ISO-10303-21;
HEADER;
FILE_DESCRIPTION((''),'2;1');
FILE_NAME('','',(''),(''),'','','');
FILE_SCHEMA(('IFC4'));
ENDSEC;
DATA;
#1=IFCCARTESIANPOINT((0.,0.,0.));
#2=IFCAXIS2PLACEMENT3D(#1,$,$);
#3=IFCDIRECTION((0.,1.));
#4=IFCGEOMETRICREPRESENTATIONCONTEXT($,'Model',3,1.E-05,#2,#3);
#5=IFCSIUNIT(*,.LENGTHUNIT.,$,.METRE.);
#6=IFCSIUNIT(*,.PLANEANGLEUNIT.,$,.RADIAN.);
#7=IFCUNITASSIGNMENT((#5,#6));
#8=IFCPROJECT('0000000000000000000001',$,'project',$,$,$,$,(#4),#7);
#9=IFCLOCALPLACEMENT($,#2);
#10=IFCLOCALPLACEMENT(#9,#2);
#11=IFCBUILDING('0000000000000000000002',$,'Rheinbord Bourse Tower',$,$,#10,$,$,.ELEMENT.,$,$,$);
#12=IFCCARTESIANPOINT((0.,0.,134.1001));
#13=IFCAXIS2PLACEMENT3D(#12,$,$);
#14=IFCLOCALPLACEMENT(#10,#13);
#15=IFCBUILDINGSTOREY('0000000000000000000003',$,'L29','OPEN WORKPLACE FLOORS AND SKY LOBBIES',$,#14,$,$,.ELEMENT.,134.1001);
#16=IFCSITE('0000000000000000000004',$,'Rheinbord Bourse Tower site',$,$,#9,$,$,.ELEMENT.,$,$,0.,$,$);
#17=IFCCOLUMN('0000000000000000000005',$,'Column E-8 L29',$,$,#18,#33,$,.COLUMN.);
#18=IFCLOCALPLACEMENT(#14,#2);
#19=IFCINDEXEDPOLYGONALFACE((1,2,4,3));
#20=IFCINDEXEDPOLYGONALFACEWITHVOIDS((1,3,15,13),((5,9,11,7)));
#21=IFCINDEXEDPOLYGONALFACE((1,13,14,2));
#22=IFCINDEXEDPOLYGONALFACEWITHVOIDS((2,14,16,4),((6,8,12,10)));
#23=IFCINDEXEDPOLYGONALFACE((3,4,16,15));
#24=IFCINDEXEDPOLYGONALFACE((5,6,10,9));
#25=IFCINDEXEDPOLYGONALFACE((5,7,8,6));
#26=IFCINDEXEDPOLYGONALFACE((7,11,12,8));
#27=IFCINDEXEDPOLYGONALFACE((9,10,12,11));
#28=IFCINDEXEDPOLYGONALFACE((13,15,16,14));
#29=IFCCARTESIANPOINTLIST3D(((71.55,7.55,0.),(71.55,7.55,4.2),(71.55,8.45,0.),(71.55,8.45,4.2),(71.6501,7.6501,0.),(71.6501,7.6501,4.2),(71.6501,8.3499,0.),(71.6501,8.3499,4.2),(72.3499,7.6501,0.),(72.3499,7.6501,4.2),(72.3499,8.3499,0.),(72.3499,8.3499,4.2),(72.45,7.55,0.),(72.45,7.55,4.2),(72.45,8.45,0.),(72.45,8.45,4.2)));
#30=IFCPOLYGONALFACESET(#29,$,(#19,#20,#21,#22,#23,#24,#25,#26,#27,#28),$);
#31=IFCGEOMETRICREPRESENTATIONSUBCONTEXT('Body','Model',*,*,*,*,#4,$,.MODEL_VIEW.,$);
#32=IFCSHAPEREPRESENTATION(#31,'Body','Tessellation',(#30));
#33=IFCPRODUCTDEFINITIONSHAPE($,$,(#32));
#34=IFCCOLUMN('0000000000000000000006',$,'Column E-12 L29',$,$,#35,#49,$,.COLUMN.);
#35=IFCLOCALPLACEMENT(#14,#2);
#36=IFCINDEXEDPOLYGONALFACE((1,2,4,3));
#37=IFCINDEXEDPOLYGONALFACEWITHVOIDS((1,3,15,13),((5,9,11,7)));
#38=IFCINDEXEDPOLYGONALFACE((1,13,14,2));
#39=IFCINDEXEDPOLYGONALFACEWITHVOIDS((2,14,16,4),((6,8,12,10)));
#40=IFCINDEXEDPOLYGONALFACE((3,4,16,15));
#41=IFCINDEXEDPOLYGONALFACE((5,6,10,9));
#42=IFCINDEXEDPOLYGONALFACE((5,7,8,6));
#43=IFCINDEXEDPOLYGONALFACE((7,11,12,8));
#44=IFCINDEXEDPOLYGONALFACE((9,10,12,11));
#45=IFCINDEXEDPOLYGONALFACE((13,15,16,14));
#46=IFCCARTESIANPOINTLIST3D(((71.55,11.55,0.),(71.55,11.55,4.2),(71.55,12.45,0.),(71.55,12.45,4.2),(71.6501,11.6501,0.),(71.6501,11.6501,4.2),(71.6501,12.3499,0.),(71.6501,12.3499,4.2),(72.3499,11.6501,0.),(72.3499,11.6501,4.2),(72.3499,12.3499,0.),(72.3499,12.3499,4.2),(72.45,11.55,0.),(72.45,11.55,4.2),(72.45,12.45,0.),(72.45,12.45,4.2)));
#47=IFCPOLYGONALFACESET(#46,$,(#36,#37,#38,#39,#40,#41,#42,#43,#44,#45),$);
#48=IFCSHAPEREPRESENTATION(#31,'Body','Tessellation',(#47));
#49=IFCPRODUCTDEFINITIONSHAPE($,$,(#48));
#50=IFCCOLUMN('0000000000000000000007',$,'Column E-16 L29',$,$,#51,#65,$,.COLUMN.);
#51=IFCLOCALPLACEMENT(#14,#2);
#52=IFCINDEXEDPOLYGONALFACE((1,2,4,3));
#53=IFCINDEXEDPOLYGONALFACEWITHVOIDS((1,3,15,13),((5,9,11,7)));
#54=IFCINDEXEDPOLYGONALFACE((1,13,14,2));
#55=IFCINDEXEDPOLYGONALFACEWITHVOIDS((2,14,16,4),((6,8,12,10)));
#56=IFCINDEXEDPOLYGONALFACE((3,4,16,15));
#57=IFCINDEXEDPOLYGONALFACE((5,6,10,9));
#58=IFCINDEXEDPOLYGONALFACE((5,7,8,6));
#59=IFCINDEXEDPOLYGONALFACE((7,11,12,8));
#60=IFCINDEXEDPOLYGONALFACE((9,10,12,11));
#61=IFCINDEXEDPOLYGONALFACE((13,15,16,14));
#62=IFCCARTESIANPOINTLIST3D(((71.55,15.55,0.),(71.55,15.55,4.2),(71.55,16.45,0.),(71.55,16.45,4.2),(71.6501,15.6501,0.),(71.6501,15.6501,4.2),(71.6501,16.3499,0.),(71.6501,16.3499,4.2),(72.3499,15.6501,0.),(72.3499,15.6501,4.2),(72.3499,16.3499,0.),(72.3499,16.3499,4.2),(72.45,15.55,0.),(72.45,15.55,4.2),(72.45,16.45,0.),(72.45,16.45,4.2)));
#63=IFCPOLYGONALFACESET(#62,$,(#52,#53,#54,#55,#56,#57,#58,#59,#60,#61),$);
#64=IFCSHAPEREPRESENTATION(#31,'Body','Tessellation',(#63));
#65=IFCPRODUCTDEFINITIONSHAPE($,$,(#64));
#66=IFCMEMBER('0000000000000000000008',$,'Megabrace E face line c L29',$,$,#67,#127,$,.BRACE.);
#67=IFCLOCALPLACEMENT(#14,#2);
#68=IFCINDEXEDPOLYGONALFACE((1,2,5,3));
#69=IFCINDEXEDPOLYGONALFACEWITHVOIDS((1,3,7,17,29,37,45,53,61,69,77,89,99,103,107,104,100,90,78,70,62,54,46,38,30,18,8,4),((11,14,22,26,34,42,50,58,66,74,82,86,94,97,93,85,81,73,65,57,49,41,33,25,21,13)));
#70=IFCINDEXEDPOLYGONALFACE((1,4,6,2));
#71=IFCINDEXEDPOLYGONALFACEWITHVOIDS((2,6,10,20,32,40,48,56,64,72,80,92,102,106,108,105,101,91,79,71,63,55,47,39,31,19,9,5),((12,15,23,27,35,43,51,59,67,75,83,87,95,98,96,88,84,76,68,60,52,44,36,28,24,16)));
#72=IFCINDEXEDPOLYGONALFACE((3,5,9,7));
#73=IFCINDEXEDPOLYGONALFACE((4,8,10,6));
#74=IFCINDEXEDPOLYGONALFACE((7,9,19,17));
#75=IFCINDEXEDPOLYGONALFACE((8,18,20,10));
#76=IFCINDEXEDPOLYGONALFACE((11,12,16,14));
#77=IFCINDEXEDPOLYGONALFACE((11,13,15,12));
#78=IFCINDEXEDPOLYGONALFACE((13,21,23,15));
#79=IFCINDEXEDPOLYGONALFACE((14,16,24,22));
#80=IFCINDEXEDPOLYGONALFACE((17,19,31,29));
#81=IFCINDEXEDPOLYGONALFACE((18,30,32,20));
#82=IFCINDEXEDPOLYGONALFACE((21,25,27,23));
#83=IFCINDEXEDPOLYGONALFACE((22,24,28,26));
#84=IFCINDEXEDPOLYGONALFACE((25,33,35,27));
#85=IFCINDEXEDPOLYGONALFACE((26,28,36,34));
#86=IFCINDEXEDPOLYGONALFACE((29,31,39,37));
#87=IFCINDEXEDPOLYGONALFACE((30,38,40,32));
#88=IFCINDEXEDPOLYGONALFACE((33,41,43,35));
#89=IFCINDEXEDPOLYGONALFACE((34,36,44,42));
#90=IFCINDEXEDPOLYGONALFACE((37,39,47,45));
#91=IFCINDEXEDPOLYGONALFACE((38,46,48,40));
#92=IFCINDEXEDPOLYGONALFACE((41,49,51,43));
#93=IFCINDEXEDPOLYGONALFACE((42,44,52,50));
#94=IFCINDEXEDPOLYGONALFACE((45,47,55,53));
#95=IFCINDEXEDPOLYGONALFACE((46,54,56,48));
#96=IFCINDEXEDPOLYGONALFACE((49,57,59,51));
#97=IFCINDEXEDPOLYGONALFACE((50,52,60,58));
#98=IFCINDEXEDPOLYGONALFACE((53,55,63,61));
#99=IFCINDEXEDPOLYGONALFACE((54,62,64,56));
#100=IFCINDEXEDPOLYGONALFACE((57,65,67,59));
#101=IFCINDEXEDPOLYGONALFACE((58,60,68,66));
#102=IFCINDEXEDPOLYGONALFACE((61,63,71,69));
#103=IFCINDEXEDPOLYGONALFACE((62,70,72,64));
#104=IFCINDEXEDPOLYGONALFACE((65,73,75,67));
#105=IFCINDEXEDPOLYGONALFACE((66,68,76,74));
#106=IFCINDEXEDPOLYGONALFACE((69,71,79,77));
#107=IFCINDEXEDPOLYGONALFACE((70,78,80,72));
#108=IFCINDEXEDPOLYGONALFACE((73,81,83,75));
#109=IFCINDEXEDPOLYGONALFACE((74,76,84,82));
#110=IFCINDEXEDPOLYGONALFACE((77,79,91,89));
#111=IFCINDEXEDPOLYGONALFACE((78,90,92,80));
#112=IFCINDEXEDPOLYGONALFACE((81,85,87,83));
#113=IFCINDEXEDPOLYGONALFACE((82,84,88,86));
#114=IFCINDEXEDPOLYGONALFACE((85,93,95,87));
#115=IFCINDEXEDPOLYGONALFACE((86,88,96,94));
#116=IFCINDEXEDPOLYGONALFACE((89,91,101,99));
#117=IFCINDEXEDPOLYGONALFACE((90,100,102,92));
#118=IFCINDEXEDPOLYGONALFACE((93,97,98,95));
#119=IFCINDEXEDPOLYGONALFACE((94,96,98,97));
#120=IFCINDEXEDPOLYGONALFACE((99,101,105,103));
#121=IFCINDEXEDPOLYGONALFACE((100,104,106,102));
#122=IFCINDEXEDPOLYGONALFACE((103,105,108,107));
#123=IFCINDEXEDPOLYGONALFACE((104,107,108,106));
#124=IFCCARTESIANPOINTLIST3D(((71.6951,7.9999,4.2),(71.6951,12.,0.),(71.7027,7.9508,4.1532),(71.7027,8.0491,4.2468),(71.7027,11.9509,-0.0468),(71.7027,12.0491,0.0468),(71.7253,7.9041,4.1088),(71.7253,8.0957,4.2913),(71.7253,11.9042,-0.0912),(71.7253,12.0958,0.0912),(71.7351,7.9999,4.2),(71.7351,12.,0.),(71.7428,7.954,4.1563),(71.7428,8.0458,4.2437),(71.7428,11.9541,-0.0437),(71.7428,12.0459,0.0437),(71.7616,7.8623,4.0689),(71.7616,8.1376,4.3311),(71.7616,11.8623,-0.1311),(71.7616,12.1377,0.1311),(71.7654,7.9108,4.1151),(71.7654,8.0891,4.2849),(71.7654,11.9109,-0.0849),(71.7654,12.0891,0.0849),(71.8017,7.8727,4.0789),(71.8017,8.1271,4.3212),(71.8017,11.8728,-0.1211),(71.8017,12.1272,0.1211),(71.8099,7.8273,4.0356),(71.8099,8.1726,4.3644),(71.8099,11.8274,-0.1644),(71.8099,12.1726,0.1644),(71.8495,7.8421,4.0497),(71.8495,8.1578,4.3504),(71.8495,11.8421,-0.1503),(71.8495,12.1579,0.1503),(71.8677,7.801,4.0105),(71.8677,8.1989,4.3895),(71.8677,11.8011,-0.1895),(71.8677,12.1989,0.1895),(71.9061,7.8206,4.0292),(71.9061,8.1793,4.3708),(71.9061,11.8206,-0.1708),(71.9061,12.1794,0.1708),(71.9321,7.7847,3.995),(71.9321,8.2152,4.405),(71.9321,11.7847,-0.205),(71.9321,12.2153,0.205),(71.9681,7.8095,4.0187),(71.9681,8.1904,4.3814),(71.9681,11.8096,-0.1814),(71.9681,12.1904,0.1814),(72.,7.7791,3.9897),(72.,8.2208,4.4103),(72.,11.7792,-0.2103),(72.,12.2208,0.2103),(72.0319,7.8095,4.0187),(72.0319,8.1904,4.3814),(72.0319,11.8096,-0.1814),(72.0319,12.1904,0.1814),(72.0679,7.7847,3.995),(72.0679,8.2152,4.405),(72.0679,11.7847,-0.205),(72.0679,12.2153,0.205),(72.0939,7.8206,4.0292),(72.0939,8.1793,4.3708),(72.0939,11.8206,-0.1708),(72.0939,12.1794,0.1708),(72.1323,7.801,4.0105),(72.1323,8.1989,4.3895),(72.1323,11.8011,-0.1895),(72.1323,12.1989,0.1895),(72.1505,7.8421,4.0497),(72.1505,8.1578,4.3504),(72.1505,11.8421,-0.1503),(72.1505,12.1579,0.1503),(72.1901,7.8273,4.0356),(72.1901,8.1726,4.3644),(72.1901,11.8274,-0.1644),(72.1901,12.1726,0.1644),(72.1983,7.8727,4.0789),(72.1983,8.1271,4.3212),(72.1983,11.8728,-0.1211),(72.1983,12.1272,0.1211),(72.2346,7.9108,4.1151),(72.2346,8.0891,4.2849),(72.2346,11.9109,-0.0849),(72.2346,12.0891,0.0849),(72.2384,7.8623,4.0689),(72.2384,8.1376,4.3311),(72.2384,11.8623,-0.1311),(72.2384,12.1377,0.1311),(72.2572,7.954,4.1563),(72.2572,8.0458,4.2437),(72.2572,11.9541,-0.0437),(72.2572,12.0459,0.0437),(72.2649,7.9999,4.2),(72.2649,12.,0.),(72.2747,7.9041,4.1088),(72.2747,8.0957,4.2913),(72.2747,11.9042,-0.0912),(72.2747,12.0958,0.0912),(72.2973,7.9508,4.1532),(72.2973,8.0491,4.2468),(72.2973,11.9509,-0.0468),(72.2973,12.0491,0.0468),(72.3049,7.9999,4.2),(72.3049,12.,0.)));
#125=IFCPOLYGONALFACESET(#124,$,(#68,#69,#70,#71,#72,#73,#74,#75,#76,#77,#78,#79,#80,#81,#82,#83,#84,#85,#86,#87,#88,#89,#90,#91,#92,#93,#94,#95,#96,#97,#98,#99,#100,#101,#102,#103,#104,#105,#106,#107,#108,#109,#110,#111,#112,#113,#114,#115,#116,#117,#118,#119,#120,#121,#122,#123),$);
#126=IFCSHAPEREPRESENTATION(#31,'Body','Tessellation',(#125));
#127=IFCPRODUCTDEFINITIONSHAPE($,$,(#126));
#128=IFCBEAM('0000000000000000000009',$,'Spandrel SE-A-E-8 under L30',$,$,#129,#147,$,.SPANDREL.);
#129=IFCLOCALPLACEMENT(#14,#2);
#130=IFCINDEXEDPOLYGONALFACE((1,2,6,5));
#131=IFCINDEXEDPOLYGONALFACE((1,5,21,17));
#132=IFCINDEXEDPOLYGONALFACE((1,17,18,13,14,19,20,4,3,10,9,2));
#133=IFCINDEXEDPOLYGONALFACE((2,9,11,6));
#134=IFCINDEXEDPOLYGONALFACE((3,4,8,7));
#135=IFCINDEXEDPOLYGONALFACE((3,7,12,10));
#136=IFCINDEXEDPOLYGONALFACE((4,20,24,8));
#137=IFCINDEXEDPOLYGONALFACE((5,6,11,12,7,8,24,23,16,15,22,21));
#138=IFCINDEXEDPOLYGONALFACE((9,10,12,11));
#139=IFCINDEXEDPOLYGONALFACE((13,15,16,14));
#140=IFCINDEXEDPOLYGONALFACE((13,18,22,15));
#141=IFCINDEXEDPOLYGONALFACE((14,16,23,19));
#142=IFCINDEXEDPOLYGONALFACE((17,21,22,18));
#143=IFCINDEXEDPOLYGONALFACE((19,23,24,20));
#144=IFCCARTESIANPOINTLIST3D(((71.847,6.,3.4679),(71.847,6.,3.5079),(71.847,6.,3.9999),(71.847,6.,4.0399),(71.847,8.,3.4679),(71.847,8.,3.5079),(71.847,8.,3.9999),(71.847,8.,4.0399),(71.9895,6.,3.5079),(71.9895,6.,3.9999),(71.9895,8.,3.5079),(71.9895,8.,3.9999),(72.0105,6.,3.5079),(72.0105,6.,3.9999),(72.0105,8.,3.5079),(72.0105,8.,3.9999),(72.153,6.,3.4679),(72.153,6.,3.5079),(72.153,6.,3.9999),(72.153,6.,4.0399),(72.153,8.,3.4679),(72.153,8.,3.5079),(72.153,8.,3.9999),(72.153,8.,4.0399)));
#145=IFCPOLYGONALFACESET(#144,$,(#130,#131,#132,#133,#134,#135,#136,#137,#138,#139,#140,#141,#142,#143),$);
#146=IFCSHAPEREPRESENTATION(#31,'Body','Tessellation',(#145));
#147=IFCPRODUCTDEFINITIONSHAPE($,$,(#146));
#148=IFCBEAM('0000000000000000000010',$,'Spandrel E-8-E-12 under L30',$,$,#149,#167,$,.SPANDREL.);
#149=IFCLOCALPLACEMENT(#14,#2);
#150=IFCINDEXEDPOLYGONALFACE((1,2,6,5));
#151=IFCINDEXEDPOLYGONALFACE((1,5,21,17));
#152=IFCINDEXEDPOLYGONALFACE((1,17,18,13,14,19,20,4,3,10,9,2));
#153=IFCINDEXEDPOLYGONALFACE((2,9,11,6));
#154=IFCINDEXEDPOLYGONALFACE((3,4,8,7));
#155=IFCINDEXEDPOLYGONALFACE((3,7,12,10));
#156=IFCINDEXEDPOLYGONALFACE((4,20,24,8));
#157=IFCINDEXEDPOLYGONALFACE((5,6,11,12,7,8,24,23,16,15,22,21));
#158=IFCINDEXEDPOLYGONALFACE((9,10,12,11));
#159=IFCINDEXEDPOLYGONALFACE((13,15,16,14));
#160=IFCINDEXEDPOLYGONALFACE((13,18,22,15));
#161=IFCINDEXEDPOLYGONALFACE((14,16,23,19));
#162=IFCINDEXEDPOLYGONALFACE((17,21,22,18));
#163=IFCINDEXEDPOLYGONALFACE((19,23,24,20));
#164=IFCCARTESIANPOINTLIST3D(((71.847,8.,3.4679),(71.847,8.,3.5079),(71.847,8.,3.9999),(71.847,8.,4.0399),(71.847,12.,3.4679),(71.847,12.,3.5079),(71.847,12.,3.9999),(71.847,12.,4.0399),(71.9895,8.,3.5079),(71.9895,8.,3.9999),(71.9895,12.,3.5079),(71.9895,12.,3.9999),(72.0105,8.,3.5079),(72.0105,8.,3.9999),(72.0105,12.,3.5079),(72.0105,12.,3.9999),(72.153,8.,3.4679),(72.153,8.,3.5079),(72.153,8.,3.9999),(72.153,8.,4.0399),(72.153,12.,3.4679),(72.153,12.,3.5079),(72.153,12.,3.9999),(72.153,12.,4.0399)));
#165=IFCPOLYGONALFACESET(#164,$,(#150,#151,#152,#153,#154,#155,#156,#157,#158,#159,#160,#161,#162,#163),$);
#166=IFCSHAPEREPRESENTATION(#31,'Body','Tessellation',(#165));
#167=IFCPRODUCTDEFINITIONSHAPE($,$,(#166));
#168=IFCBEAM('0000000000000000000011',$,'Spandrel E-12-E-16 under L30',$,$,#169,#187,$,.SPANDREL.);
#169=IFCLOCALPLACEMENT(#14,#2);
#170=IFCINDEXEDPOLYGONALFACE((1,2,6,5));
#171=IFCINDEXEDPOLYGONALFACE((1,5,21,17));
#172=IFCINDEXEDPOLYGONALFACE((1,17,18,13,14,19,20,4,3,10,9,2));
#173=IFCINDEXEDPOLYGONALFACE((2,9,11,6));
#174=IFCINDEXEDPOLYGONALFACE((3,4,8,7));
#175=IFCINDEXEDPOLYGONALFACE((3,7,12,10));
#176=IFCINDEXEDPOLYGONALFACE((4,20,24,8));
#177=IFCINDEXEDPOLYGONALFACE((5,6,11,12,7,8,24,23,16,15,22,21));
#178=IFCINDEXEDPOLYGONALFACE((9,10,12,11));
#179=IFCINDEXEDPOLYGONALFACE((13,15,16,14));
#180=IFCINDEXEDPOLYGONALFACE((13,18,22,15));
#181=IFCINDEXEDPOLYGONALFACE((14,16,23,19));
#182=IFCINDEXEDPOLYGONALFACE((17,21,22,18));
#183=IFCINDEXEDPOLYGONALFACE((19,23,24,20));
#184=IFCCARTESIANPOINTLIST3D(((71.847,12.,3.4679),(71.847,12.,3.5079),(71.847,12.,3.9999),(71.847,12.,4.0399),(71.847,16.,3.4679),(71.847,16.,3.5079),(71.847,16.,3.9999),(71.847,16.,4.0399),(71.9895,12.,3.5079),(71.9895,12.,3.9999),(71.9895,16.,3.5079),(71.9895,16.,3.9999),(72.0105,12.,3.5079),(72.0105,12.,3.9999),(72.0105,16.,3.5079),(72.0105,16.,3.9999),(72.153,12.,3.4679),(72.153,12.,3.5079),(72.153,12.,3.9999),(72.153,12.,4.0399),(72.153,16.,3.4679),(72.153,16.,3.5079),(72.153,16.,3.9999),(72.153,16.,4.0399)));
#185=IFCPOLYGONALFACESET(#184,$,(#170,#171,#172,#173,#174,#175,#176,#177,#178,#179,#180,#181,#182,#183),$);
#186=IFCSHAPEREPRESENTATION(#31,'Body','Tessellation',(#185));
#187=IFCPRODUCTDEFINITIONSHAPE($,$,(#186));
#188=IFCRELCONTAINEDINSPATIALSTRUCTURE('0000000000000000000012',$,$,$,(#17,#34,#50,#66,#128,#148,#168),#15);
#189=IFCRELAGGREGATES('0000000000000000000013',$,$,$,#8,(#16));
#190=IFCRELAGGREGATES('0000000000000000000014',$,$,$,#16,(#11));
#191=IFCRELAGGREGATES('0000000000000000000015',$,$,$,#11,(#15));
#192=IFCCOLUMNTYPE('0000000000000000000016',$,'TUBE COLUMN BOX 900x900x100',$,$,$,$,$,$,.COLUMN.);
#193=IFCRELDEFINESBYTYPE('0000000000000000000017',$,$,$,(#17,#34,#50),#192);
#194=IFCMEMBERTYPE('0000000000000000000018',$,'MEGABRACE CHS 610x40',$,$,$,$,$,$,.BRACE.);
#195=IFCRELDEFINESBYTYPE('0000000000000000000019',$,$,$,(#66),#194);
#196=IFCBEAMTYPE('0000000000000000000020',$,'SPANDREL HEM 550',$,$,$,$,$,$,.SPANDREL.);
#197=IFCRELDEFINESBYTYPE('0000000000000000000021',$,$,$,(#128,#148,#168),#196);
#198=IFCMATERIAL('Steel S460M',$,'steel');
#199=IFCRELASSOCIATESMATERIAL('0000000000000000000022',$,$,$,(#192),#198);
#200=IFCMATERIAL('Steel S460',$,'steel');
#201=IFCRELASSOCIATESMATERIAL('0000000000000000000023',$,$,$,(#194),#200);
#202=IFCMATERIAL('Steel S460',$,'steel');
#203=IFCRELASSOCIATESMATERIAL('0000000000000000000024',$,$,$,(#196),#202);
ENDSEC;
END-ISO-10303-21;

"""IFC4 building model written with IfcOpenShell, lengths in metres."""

from ifc_helpers import new_model, si_unit, direction, frame, origin, origin_2d, place, context, subcontext, project, spatial, hollow_rectangle, hollow_circle, i_section, extrude, material, material_profile, profile_set, type_object, element, save


model = new_model("IFC4")

# Units and contexts
model_context = context("Model", 3, precision=1e-05, world=origin(), true_north=direction((0.0, 1.0)))
body_context = subcontext(model_context, "Body", "Model", "MODEL_VIEW")
ifc_project = project(units=[si_unit("LENGTHUNIT", "METRE"), si_unit("PLANEANGLEUNIT", "RADIAN")], contexts=[model_context])

# Site, building, storey
site_placement = place(None, origin())
site = spatial("IfcSite", under=ifc_project, at=site_placement, Name="Rheinbord Bourse Tower site", CompositionType="ELEMENT", RefElevation=0.0)
building_placement = place(site_placement, origin())
building = spatial("IfcBuilding", under=site, at=building_placement, Name="Rheinbord Bourse Tower", CompositionType="ELEMENT")
storey_placement = place(building_placement, frame((0.0, 0.0, 134.1001)))
storey = spatial("IfcBuildingStorey", under=building, at=storey_placement, Name="L29", Description="OPEN WORKPLACE FLOORS AND SKY LOBBIES", CompositionType="ELEMENT", Elevation=134.1001)

# Columns
ifc_material_1 = material(Name="Steel S460M", Category="steel")
ifc_material_profile_1 = material_profile(ifc_material_1, hollow_rectangle(XDim=0.8999, YDim=0.8999, WallThickness=0.1001, at=origin_2d()), Name="BOX 900x900x100")
ifc_profile_set_1 = profile_set([ifc_material_profile_1], Name="Steel S460M")
column_type = type_object("IfcColumnType", Name="TUBE COLUMN BOX 900x900x100", PredefinedType="COLUMN", material=ifc_profile_set_1)
for number, where, z_axis, x_axis, name in (
    (1, (72.0, 8.0, 0.0), (0.0, 0.0, 1.0), (1.0, 0.0, 0.0), "Column E-8 L29"),
    (2, (72.0, 12.0, 0.0), (0.0, 0.0, 1.0), (1.0, 0.0, 0.0), "Column E-12 L29"),
    (3, (72.0, 16.0, 0.0), (0.0, 0.0, 1.0), (1.0, 0.0, 0.0), "Column E-16 L29"),
):
    element("IfcColumn", number, at=place(storey_placement, frame(where, z_axis=z_axis, x_axis=x_axis)), inside=storey, type_object=column_type, Name=name, PredefinedType="COLUMN", context=body_context, shape_type="SweptSolid", body=[
        extrude(hollow_rectangle(XDim=0.8999, YDim=0.8999, WallThickness=0.1001, at=origin_2d()), origin(), (0.0, 0.0, 1.0), 4.2),
    ])

# Member
ifc_material_2 = material(Name="Steel S460", Category="steel")
ifc_material_profile_2 = material_profile(ifc_material_2, hollow_circle(Radius=0.3049, WallThickness=0.04, at=origin_2d()), Name="CHS 610x40")
ifc_profile_set_2 = profile_set([ifc_material_profile_2], Name="Steel S460")
member_type = type_object("IfcMemberType", Name="MEGABRACE CHS 610x40", PredefinedType="BRACE", material=ifc_profile_set_2)
member_placement = place(storey_placement, frame((72.0, 12.0, 0.0), z_axis=(0.0, -0.689659, 0.724134), x_axis=(1.0, 0.0, 0.0)))
element("IfcMember", 4, at=member_placement, inside=storey, type_object=member_type, Name="Megabrace E face line c L29", PredefinedType="BRACE", context=body_context, shape_type="SweptSolid", body=[
    extrude(hollow_circle(Radius=0.3049, WallThickness=0.04, at=origin_2d()), origin(), (0.0, 0.0, 1.0), 5.8),
])

# Beams
ifc_material_3 = material(Name="Steel S460", Category="steel")
ifc_material_profile_3 = material_profile(ifc_material_3, i_section(OverallWidth=0.3059, OverallDepth=0.572, WebThickness=0.021, FlangeThickness=0.04, at=origin_2d()), Name="HEM 550")
ifc_profile_set_3 = profile_set([ifc_material_profile_3], Name="Steel S460")
beam_type_1 = type_object("IfcBeamType", Name="SPANDREL HEM 550", PredefinedType="SPANDREL", material=ifc_profile_set_3)
beam_placement = place(storey_placement, frame((72.0, 6.0, 3.7539), z_axis=(0.0, 1.0, 0.0), x_axis=(-1.0, 0.0, 0.0)))
element("IfcBeam", 5, at=beam_placement, inside=storey, type_object=beam_type_1, Name="Spandrel SE-A-E-8 under L30", PredefinedType="SPANDREL", context=body_context, shape_type="SweptSolid", body=[
    extrude(i_section(OverallWidth=0.3059, OverallDepth=0.572, WebThickness=0.021, FlangeThickness=0.04, at=origin_2d()), origin(), (0.0, 0.0, 1.0), 2.0),
])
for number, where, z_axis, x_axis, name in (
    (6, (72.0, 8.0, 3.7539), (0.0, 1.0, 0.0), (-1.0, 0.0, 0.0), "Spandrel E-8-E-12 under L30"),
    (7, (72.0, 12.0, 3.7539), (0.0, 1.0, 0.0), (-1.0, 0.0, 0.0), "Spandrel E-12-E-16 under L30"),
):
    element("IfcBeam", number, at=place(storey_placement, frame(where, z_axis=z_axis, x_axis=x_axis)), inside=storey, type_object=beam_type_1, Name=name, PredefinedType="SPANDREL", context=body_context, shape_type="SweptSolid", body=[
        extrude(i_section(OverallWidth=0.3059, OverallDepth=0.572, WebThickness=0.021, FlangeThickness=0.04, at=origin_2d()), origin(), (0.0, 0.0, 1.0), 4.0),
    ])

save(model, "model.ifc")
